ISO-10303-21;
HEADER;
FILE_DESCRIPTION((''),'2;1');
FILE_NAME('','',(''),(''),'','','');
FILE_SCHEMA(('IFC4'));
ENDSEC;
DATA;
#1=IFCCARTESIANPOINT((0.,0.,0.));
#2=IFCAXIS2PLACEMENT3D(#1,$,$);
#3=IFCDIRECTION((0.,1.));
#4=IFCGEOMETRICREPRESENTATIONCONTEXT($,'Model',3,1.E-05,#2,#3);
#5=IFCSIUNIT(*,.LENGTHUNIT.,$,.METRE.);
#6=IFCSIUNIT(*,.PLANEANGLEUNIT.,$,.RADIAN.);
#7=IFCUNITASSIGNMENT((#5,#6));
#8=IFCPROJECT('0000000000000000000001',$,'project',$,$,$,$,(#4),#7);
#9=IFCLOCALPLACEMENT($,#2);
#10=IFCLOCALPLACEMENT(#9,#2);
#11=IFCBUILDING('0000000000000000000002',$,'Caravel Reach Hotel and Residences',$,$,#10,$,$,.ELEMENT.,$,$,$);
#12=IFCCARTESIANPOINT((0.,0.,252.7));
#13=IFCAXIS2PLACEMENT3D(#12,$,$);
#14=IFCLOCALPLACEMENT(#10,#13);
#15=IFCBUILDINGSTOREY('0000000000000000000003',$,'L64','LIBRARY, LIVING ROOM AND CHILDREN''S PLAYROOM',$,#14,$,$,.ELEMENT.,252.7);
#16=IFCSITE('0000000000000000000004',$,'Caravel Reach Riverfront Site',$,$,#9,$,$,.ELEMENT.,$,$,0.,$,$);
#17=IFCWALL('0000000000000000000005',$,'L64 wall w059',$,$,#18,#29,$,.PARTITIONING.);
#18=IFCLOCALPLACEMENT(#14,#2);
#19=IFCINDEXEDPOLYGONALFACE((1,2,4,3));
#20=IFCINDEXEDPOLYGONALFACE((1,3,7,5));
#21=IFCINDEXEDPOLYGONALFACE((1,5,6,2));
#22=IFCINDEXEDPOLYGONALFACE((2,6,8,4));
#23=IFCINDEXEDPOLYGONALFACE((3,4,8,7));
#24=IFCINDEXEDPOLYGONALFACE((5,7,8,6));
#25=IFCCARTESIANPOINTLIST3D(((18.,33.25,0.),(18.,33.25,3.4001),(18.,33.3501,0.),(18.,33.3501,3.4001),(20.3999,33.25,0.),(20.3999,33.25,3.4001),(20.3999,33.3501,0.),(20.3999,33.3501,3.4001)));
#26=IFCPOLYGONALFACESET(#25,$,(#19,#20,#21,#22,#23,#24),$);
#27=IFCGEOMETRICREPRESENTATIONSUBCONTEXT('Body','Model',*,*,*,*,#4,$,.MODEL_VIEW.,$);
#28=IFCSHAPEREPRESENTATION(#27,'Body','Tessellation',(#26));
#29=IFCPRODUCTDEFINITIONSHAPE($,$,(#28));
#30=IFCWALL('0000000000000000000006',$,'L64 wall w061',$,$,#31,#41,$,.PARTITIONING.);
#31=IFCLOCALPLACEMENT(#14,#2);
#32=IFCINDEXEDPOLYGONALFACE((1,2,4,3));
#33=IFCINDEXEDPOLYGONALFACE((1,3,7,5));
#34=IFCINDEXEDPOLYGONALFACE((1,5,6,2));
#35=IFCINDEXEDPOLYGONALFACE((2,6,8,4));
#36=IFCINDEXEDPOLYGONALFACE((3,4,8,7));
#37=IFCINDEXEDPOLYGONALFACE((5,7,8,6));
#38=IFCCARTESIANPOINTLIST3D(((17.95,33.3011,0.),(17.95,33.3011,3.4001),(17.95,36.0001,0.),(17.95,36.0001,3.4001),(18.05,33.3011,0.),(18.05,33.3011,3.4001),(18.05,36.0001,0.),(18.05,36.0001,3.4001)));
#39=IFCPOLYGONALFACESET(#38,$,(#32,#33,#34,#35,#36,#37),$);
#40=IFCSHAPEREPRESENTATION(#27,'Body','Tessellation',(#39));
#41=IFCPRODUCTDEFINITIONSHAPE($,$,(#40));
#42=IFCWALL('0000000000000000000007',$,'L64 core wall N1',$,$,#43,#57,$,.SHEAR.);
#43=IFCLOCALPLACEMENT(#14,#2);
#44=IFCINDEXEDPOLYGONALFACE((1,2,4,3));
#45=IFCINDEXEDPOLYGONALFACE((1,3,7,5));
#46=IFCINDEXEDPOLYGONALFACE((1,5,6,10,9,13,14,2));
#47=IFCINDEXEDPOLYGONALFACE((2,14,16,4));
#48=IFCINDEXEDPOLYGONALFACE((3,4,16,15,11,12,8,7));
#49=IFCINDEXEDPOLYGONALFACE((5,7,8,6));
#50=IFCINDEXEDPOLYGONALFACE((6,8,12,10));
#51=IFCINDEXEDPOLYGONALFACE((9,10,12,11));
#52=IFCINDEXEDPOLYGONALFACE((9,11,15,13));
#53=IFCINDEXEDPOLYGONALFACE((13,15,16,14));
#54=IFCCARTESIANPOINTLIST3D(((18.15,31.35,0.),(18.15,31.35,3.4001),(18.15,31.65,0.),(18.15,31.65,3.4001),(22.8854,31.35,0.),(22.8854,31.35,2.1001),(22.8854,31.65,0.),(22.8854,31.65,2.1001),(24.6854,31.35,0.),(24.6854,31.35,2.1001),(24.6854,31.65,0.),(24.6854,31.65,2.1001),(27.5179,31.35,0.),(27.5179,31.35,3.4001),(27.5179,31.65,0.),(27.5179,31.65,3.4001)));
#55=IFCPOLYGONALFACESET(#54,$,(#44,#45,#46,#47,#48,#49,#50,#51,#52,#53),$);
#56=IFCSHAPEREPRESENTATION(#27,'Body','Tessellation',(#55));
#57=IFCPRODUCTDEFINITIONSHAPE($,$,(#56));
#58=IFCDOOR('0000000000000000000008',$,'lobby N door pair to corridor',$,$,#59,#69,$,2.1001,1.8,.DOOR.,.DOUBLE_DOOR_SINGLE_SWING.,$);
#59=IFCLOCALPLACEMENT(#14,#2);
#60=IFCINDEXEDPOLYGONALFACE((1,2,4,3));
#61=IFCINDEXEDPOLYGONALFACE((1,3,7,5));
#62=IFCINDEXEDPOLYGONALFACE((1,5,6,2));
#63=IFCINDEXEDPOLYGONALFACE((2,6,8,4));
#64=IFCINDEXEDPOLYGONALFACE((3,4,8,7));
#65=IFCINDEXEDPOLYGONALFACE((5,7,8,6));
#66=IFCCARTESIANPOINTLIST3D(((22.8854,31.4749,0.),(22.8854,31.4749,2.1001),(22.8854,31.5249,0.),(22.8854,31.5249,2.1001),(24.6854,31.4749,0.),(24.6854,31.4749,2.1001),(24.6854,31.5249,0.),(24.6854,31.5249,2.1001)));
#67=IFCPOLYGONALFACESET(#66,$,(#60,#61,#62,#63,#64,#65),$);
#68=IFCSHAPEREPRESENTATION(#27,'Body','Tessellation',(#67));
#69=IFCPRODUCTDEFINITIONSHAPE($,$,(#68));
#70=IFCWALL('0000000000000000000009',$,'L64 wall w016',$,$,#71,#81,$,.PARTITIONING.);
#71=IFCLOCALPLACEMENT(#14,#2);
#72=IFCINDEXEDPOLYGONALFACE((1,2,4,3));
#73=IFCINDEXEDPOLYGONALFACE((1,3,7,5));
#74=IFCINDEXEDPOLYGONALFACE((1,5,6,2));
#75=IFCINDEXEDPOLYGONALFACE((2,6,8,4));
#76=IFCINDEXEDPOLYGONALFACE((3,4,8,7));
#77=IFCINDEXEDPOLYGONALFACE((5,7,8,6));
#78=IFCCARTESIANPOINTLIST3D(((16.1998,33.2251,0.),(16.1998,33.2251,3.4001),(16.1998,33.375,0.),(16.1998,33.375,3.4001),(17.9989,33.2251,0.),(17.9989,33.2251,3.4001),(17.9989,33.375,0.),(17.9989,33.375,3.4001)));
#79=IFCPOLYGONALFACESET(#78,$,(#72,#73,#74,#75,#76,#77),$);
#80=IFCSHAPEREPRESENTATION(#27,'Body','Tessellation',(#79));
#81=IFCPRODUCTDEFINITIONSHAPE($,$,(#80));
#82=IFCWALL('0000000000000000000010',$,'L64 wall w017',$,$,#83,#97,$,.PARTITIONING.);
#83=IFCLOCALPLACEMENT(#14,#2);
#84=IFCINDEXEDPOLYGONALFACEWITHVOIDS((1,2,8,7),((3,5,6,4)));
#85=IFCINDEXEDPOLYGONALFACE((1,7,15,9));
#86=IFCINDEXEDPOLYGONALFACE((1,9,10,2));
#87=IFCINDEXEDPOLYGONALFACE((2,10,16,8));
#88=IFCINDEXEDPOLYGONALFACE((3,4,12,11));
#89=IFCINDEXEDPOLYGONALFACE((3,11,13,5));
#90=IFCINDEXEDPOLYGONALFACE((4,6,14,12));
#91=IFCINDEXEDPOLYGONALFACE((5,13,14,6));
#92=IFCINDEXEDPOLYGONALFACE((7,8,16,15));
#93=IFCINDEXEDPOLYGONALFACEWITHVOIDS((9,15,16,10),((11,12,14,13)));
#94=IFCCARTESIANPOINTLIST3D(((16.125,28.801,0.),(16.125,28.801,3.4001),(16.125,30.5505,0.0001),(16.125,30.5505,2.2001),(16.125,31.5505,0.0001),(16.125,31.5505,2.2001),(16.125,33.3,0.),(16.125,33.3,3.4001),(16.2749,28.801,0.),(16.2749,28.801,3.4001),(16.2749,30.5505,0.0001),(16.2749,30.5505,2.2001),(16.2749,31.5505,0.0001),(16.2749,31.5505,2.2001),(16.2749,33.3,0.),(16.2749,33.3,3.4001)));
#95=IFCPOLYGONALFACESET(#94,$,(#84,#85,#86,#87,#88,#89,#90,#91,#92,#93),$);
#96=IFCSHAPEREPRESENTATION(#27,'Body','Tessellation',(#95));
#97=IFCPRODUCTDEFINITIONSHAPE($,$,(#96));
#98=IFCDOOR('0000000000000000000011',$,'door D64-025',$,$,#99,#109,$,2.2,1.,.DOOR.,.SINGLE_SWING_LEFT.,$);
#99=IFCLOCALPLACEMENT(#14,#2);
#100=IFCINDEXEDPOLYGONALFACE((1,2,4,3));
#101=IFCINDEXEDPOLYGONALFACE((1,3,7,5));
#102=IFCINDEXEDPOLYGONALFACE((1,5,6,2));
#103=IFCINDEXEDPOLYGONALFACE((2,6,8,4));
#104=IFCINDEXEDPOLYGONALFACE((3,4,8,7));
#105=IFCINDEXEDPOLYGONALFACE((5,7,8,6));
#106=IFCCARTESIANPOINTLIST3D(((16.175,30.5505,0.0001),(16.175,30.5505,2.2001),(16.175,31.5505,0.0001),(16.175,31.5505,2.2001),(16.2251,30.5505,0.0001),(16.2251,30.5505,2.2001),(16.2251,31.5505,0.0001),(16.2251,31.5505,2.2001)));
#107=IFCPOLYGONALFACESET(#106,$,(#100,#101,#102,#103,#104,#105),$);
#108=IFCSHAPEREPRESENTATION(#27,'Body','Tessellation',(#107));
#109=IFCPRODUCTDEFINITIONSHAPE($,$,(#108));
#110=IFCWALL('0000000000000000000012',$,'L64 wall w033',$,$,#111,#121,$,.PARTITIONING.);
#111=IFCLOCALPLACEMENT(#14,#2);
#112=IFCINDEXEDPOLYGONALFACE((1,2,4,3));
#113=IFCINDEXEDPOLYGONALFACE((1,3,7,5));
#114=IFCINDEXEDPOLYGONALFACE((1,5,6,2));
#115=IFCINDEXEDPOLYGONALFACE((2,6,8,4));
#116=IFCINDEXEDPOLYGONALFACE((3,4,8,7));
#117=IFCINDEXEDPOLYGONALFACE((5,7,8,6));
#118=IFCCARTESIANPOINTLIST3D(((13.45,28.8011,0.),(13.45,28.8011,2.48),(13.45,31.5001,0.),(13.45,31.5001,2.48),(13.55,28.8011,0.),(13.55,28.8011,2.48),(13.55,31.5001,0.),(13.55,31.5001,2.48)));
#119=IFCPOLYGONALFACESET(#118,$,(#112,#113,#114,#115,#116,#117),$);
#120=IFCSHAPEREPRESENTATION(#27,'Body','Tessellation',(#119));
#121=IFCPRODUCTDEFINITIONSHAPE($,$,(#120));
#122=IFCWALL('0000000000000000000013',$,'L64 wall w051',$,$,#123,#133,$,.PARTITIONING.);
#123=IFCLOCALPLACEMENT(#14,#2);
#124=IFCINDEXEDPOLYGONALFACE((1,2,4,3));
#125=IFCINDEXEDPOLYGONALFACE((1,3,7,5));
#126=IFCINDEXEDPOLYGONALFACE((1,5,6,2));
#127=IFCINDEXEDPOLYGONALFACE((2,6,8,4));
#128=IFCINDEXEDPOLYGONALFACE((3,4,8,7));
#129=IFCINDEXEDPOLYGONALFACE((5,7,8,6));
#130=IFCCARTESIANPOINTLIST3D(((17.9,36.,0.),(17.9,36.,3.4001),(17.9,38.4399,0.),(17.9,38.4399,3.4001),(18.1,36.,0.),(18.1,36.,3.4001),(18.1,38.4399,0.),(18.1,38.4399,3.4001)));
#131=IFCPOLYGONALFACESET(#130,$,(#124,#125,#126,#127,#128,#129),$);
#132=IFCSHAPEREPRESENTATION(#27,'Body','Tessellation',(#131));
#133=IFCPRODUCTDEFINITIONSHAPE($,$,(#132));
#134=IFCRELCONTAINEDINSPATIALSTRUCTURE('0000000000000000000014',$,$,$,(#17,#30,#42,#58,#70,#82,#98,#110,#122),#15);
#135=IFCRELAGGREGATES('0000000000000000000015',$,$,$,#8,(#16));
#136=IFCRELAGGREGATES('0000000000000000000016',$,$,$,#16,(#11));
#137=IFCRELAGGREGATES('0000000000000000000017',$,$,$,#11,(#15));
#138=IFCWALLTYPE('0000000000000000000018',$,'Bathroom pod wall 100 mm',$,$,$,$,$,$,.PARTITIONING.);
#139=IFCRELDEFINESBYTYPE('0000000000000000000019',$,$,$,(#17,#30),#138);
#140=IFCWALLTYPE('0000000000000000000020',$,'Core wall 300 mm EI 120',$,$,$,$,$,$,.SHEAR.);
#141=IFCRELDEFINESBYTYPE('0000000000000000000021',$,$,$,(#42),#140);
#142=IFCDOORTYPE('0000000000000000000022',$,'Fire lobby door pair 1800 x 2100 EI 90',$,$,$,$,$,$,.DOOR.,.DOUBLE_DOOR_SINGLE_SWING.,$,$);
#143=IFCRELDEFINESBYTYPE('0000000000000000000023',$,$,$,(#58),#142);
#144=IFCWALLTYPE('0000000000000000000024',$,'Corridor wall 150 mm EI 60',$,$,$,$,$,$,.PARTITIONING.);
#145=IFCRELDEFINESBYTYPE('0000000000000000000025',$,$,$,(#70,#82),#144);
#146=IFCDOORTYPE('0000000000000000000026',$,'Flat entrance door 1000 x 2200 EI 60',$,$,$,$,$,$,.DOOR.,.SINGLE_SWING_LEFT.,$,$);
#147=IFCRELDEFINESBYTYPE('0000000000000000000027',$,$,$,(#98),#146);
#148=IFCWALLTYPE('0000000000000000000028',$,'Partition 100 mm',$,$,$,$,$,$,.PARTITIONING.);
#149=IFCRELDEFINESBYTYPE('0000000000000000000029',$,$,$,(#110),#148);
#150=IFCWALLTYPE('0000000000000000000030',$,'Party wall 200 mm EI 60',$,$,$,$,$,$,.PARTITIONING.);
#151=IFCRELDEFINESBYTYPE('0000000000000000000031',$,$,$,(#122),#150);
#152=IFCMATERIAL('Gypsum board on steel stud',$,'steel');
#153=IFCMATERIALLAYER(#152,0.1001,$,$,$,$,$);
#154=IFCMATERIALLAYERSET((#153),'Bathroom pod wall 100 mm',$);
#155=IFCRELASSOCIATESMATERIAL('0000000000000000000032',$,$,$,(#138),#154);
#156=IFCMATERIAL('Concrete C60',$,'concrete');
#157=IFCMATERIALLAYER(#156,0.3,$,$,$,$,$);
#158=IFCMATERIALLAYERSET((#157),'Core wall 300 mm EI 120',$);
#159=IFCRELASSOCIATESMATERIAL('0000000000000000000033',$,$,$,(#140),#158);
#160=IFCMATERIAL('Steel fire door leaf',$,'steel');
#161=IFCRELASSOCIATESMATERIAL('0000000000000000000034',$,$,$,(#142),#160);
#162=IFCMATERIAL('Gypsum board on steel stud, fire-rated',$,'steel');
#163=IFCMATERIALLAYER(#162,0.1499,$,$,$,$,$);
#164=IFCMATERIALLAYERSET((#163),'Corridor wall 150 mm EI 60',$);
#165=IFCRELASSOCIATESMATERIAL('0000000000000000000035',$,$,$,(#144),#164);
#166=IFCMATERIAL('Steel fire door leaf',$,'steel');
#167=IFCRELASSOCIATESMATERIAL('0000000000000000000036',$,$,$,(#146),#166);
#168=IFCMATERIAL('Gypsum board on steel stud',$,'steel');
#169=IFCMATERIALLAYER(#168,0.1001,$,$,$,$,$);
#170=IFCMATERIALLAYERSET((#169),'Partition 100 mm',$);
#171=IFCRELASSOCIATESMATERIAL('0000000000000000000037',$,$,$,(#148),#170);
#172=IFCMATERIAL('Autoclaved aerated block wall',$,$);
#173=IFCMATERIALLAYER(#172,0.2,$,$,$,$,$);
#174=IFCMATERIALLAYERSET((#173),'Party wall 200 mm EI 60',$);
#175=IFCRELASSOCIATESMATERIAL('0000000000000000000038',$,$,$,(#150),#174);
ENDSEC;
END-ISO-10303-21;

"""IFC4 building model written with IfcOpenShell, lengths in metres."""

from ifc_helpers import new_model, si_unit, direction, frame, frame_2d, origin, place, context, subcontext, project, spatial, rectangle, extrude, material, layer, layer_set, type_object, element, fill, save


model = new_model("IFC4")

# Units and contexts
model_context = context("Model", 3, precision=1e-05, world=origin(), true_north=direction((0.0, 1.0)))
body_context = subcontext(model_context, "Body", "Model", "MODEL_VIEW")
ifc_project = project(units=[si_unit("LENGTHUNIT", "METRE"), si_unit("PLANEANGLEUNIT", "RADIAN")], contexts=[model_context])

# Site, building, storey
site_placement = place(None, origin())
site = spatial("IfcSite", under=ifc_project, at=site_placement, Name="Caravel Reach Riverfront Site", CompositionType="ELEMENT", RefElevation=0.0)
building_placement = place(site_placement, origin())
building = spatial("IfcBuilding", under=site, at=building_placement, Name="Caravel Reach Hotel and Residences", CompositionType="ELEMENT")
storey_placement = place(building_placement, frame((0.0, 0.0, 252.7)))
storey = spatial("IfcBuildingStorey", under=building, at=storey_placement, Name="L64", Description="LIBRARY, LIVING ROOM AND CHILDREN'S PLAYROOM", CompositionType="ELEMENT", Elevation=252.7)

# Walls
ifc_material_1 = material(Name="Gypsum board on steel stud", Category="steel")
ifc_layer_1 = layer(ifc_material_1, 0.1001)
ifc_layer_set_1 = layer_set([ifc_layer_1], Name="Bathroom pod wall 100 mm")
wall_type_1 = type_object("IfcWallType", Name="Bathroom pod wall 100 mm", PredefinedType="PARTITIONING", material=ifc_layer_set_1)
wall_1_placement = place(storey_placement, frame((18.0, 33.3, 0.0), z_axis=(0.0, 0.0, 1.0), x_axis=(1.0, 0.0, 0.0)))
element("IfcWall", 1, at=wall_1_placement, inside=storey, type_object=wall_type_1, Name="L64 wall w059", PredefinedType="PARTITIONING", context=body_context, shape_type="SweptSolid", body=[
    extrude(rectangle(XDim=2.3999, YDim=0.1001, at=frame_2d((1.2, 0.0))), origin(), (0.0, 0.0, 1.0), 3.4001),
])
wall_2_placement = place(storey_placement, frame((18.0, 33.301, 0.0), z_axis=(0.0, 0.0, 1.0), x_axis=(0.0, 1.0, 0.0)))
element("IfcWall", 2, at=wall_2_placement, inside=storey, type_object=wall_type_1, Name="L64 wall w061", PredefinedType="PARTITIONING", context=body_context, shape_type="SweptSolid", body=[
    extrude(rectangle(XDim=2.699, YDim=0.1001, at=frame_2d((1.3496, 0.0))), origin(), (0.0, 0.0, 1.0), 3.4001),
])

# Wall, opening, door
ifc_material_2 = material(Name="Concrete C60", Category="concrete")
ifc_layer_2 = layer(ifc_material_2, 0.3)
ifc_layer_set_2 = layer_set([ifc_layer_2], Name="Core wall 300 mm EI 120")
wall_type_2 = type_object("IfcWallType", Name="Core wall 300 mm EI 120", PredefinedType="SHEAR", material=ifc_layer_set_2)
wall_3_placement = place(storey_placement, frame((18.1499, 31.5, 0.0), z_axis=(0.0, 0.0, 1.0), x_axis=(1.0, 0.0, 0.0)))
wall_3 = element("IfcWall", 3, at=wall_3_placement, inside=storey, type_object=wall_type_2, Name="L64 core wall N1", PredefinedType="SHEAR", context=body_context, shape_type="SweptSolid", body=[
    extrude(rectangle(XDim=9.3679, YDim=0.3, at=frame_2d((4.6841, 0.0))), origin(), (0.0, 0.0, 1.0), 3.4001),
])
opening_1_placement = place(wall_3_placement, frame((4.7356, 0.0, 0.0)))
opening_1 = element("IfcOpeningElement", 4, at=opening_1_placement, cuts=wall_3, PredefinedType="OPENING", context=body_context, shape_type="SweptSolid", body=[
    extrude(rectangle(XDim=1.8, YDim=2.1001, at=frame_2d((0.8999, 1.05))), frame((0.0, 0.1599, 0.0), z_axis=(0.0, -1.0, 0.0), x_axis=(1.0, 0.0, 0.0)), (0.0, 0.0, 1.0), 0.3201),
])
ifc_material_3 = material(Name="Steel fire door leaf", Category="steel")
door_type_1 = type_object("IfcDoorType", Name="Fire lobby door pair 1800 x 2100 EI 90", OperationType="DOUBLE_DOOR_SINGLE_SWING", PredefinedType="DOOR", material=ifc_material_3)
door_1_placement = place(opening_1_placement, origin())
door_1 = element("IfcDoor", 5, at=door_1_placement, inside=storey, type_object=door_type_1, Name="lobby N door pair to corridor", OperationType="DOUBLE_DOOR_SINGLE_SWING", OverallHeight=2.1001, OverallWidth=1.8, PredefinedType="DOOR", context=body_context, shape_type="SweptSolid", body=[
    extrude(rectangle(XDim=1.8, YDim=2.1001, at=frame_2d((0.8999, 1.05))), frame((0.0, 0.0249, 0.0), z_axis=(0.0, -1.0, 0.0), x_axis=(1.0, 0.0, 0.0)), (0.0, 0.0, 1.0), 0.05),
])
fill(opening_1, door_1)

# Wall
ifc_material_4 = material(Name="Gypsum board on steel stud, fire-rated", Category="steel")
ifc_layer_3 = layer(ifc_material_4, 0.1499)
ifc_layer_set_3 = layer_set([ifc_layer_3], Name="Corridor wall 150 mm EI 60")
wall_type_3 = type_object("IfcWallType", Name="Corridor wall 150 mm EI 60", PredefinedType="PARTITIONING", material=ifc_layer_set_3)
wall_4_placement = place(storey_placement, frame((16.2, 33.3, 0.0), z_axis=(0.0, 0.0, 1.0), x_axis=(1.0, 0.0, 0.0)))
element("IfcWall", 6, at=wall_4_placement, inside=storey, type_object=wall_type_3, Name="L64 wall w016", PredefinedType="PARTITIONING", context=body_context, shape_type="SweptSolid", body=[
    extrude(rectangle(XDim=1.7991, YDim=0.1499, at=frame_2d((0.8994, 0.0))), origin(), (0.0, 0.0, 1.0), 3.4001),
])

# Wall, opening, door
wall_5_placement = place(storey_placement, frame((16.2, 28.801, 0.0), z_axis=(0.0, 0.0, 1.0), x_axis=(0.0, 1.0, 0.0)))
wall_5 = element("IfcWall", 7, at=wall_5_placement, inside=storey, type_object=wall_type_3, Name="L64 wall w017", PredefinedType="PARTITIONING", context=body_context, shape_type="SweptSolid", body=[
    extrude(rectangle(XDim=4.499, YDim=0.1499, at=frame_2d((2.2495, 0.0))), origin(), (0.0, 0.0, 1.0), 3.4001),
])
opening_2_placement = place(wall_5_placement, frame((1.7495, 0.0, 0.0)))
opening_2 = element("IfcOpeningElement", 8, at=opening_2_placement, cuts=wall_5, PredefinedType="OPENING", context=body_context, shape_type="SweptSolid", body=[
    extrude(rectangle(XDim=1.0, YDim=2.2, at=frame_2d((0.5, 1.1001))), frame((0.0, 0.085, 0.0), z_axis=(0.0, -1.0, 0.0), x_axis=(1.0, 0.0, 0.0)), (0.0, 0.0, 1.0), 0.1699),
])
ifc_material_5 = material(Name="Steel fire door leaf", Category="steel")
door_type_2 = type_object("IfcDoorType", Name="Flat entrance door 1000 x 2200 EI 60", OperationType="SINGLE_SWING_LEFT", PredefinedType="DOOR", material=ifc_material_5)
door_2_placement = place(opening_2_placement, origin())
door_2 = element("IfcDoor", 9, at=door_2_placement, inside=storey, type_object=door_type_2, Name="door D64-025", OperationType="SINGLE_SWING_LEFT", OverallHeight=2.2, OverallWidth=1.0, PredefinedType="DOOR", context=body_context, shape_type="SweptSolid", body=[
    extrude(rectangle(XDim=1.0, YDim=2.2, at=frame_2d((0.5, 1.1001))), frame((0.0, 0.0249, 0.0), z_axis=(0.0, -1.0, 0.0), x_axis=(1.0, 0.0, 0.0)), (0.0, 0.0, 1.0), 0.05),
])
fill(opening_2, door_2)

# Walls
ifc_material_6 = material(Name="Gypsum board on steel stud", Category="steel")
ifc_layer_4 = layer(ifc_material_6, 0.1001)
ifc_layer_set_4 = layer_set([ifc_layer_4], Name="Partition 100 mm")
wall_type_4 = type_object("IfcWallType", Name="Partition 100 mm", PredefinedType="PARTITIONING", material=ifc_layer_set_4)
wall_6_placement = place(storey_placement, frame((13.5, 28.801, 0.0), z_axis=(0.0, 0.0, 1.0), x_axis=(0.0, 1.0, 0.0)))
element("IfcWall", 10, at=wall_6_placement, inside=storey, type_object=wall_type_4, Name="L64 wall w033", PredefinedType="PARTITIONING", context=body_context, shape_type="SweptSolid", body=[
    extrude(rectangle(XDim=2.699, YDim=0.1001, at=frame_2d((1.3496, 0.0))), origin(), (0.0, 0.0, 1.0), 2.48),
])
ifc_material_7 = material(Name="Autoclaved aerated block wall")
ifc_layer_5 = layer(ifc_material_7, 0.2)
ifc_layer_set_5 = layer_set([ifc_layer_5], Name="Party wall 200 mm EI 60")
wall_type_5 = type_object("IfcWallType", Name="Party wall 200 mm EI 60", PredefinedType="PARTITIONING", material=ifc_layer_set_5)
wall_7_placement = place(storey_placement, frame((18.0, 36.0, 0.0), z_axis=(0.0, 0.0, 1.0), x_axis=(0.0, 1.0, 0.0)))
element("IfcWall", 11, at=wall_7_placement, inside=storey, type_object=wall_type_5, Name="L64 wall w051", PredefinedType="PARTITIONING", context=body_context, shape_type="SweptSolid", body=[
    extrude(rectangle(XDim=2.4399, YDim=0.2, at=frame_2d((1.22, 0.0))), origin(), (0.0, 0.0, 1.0), 3.4001),
])

save(model, "model.ifc")
